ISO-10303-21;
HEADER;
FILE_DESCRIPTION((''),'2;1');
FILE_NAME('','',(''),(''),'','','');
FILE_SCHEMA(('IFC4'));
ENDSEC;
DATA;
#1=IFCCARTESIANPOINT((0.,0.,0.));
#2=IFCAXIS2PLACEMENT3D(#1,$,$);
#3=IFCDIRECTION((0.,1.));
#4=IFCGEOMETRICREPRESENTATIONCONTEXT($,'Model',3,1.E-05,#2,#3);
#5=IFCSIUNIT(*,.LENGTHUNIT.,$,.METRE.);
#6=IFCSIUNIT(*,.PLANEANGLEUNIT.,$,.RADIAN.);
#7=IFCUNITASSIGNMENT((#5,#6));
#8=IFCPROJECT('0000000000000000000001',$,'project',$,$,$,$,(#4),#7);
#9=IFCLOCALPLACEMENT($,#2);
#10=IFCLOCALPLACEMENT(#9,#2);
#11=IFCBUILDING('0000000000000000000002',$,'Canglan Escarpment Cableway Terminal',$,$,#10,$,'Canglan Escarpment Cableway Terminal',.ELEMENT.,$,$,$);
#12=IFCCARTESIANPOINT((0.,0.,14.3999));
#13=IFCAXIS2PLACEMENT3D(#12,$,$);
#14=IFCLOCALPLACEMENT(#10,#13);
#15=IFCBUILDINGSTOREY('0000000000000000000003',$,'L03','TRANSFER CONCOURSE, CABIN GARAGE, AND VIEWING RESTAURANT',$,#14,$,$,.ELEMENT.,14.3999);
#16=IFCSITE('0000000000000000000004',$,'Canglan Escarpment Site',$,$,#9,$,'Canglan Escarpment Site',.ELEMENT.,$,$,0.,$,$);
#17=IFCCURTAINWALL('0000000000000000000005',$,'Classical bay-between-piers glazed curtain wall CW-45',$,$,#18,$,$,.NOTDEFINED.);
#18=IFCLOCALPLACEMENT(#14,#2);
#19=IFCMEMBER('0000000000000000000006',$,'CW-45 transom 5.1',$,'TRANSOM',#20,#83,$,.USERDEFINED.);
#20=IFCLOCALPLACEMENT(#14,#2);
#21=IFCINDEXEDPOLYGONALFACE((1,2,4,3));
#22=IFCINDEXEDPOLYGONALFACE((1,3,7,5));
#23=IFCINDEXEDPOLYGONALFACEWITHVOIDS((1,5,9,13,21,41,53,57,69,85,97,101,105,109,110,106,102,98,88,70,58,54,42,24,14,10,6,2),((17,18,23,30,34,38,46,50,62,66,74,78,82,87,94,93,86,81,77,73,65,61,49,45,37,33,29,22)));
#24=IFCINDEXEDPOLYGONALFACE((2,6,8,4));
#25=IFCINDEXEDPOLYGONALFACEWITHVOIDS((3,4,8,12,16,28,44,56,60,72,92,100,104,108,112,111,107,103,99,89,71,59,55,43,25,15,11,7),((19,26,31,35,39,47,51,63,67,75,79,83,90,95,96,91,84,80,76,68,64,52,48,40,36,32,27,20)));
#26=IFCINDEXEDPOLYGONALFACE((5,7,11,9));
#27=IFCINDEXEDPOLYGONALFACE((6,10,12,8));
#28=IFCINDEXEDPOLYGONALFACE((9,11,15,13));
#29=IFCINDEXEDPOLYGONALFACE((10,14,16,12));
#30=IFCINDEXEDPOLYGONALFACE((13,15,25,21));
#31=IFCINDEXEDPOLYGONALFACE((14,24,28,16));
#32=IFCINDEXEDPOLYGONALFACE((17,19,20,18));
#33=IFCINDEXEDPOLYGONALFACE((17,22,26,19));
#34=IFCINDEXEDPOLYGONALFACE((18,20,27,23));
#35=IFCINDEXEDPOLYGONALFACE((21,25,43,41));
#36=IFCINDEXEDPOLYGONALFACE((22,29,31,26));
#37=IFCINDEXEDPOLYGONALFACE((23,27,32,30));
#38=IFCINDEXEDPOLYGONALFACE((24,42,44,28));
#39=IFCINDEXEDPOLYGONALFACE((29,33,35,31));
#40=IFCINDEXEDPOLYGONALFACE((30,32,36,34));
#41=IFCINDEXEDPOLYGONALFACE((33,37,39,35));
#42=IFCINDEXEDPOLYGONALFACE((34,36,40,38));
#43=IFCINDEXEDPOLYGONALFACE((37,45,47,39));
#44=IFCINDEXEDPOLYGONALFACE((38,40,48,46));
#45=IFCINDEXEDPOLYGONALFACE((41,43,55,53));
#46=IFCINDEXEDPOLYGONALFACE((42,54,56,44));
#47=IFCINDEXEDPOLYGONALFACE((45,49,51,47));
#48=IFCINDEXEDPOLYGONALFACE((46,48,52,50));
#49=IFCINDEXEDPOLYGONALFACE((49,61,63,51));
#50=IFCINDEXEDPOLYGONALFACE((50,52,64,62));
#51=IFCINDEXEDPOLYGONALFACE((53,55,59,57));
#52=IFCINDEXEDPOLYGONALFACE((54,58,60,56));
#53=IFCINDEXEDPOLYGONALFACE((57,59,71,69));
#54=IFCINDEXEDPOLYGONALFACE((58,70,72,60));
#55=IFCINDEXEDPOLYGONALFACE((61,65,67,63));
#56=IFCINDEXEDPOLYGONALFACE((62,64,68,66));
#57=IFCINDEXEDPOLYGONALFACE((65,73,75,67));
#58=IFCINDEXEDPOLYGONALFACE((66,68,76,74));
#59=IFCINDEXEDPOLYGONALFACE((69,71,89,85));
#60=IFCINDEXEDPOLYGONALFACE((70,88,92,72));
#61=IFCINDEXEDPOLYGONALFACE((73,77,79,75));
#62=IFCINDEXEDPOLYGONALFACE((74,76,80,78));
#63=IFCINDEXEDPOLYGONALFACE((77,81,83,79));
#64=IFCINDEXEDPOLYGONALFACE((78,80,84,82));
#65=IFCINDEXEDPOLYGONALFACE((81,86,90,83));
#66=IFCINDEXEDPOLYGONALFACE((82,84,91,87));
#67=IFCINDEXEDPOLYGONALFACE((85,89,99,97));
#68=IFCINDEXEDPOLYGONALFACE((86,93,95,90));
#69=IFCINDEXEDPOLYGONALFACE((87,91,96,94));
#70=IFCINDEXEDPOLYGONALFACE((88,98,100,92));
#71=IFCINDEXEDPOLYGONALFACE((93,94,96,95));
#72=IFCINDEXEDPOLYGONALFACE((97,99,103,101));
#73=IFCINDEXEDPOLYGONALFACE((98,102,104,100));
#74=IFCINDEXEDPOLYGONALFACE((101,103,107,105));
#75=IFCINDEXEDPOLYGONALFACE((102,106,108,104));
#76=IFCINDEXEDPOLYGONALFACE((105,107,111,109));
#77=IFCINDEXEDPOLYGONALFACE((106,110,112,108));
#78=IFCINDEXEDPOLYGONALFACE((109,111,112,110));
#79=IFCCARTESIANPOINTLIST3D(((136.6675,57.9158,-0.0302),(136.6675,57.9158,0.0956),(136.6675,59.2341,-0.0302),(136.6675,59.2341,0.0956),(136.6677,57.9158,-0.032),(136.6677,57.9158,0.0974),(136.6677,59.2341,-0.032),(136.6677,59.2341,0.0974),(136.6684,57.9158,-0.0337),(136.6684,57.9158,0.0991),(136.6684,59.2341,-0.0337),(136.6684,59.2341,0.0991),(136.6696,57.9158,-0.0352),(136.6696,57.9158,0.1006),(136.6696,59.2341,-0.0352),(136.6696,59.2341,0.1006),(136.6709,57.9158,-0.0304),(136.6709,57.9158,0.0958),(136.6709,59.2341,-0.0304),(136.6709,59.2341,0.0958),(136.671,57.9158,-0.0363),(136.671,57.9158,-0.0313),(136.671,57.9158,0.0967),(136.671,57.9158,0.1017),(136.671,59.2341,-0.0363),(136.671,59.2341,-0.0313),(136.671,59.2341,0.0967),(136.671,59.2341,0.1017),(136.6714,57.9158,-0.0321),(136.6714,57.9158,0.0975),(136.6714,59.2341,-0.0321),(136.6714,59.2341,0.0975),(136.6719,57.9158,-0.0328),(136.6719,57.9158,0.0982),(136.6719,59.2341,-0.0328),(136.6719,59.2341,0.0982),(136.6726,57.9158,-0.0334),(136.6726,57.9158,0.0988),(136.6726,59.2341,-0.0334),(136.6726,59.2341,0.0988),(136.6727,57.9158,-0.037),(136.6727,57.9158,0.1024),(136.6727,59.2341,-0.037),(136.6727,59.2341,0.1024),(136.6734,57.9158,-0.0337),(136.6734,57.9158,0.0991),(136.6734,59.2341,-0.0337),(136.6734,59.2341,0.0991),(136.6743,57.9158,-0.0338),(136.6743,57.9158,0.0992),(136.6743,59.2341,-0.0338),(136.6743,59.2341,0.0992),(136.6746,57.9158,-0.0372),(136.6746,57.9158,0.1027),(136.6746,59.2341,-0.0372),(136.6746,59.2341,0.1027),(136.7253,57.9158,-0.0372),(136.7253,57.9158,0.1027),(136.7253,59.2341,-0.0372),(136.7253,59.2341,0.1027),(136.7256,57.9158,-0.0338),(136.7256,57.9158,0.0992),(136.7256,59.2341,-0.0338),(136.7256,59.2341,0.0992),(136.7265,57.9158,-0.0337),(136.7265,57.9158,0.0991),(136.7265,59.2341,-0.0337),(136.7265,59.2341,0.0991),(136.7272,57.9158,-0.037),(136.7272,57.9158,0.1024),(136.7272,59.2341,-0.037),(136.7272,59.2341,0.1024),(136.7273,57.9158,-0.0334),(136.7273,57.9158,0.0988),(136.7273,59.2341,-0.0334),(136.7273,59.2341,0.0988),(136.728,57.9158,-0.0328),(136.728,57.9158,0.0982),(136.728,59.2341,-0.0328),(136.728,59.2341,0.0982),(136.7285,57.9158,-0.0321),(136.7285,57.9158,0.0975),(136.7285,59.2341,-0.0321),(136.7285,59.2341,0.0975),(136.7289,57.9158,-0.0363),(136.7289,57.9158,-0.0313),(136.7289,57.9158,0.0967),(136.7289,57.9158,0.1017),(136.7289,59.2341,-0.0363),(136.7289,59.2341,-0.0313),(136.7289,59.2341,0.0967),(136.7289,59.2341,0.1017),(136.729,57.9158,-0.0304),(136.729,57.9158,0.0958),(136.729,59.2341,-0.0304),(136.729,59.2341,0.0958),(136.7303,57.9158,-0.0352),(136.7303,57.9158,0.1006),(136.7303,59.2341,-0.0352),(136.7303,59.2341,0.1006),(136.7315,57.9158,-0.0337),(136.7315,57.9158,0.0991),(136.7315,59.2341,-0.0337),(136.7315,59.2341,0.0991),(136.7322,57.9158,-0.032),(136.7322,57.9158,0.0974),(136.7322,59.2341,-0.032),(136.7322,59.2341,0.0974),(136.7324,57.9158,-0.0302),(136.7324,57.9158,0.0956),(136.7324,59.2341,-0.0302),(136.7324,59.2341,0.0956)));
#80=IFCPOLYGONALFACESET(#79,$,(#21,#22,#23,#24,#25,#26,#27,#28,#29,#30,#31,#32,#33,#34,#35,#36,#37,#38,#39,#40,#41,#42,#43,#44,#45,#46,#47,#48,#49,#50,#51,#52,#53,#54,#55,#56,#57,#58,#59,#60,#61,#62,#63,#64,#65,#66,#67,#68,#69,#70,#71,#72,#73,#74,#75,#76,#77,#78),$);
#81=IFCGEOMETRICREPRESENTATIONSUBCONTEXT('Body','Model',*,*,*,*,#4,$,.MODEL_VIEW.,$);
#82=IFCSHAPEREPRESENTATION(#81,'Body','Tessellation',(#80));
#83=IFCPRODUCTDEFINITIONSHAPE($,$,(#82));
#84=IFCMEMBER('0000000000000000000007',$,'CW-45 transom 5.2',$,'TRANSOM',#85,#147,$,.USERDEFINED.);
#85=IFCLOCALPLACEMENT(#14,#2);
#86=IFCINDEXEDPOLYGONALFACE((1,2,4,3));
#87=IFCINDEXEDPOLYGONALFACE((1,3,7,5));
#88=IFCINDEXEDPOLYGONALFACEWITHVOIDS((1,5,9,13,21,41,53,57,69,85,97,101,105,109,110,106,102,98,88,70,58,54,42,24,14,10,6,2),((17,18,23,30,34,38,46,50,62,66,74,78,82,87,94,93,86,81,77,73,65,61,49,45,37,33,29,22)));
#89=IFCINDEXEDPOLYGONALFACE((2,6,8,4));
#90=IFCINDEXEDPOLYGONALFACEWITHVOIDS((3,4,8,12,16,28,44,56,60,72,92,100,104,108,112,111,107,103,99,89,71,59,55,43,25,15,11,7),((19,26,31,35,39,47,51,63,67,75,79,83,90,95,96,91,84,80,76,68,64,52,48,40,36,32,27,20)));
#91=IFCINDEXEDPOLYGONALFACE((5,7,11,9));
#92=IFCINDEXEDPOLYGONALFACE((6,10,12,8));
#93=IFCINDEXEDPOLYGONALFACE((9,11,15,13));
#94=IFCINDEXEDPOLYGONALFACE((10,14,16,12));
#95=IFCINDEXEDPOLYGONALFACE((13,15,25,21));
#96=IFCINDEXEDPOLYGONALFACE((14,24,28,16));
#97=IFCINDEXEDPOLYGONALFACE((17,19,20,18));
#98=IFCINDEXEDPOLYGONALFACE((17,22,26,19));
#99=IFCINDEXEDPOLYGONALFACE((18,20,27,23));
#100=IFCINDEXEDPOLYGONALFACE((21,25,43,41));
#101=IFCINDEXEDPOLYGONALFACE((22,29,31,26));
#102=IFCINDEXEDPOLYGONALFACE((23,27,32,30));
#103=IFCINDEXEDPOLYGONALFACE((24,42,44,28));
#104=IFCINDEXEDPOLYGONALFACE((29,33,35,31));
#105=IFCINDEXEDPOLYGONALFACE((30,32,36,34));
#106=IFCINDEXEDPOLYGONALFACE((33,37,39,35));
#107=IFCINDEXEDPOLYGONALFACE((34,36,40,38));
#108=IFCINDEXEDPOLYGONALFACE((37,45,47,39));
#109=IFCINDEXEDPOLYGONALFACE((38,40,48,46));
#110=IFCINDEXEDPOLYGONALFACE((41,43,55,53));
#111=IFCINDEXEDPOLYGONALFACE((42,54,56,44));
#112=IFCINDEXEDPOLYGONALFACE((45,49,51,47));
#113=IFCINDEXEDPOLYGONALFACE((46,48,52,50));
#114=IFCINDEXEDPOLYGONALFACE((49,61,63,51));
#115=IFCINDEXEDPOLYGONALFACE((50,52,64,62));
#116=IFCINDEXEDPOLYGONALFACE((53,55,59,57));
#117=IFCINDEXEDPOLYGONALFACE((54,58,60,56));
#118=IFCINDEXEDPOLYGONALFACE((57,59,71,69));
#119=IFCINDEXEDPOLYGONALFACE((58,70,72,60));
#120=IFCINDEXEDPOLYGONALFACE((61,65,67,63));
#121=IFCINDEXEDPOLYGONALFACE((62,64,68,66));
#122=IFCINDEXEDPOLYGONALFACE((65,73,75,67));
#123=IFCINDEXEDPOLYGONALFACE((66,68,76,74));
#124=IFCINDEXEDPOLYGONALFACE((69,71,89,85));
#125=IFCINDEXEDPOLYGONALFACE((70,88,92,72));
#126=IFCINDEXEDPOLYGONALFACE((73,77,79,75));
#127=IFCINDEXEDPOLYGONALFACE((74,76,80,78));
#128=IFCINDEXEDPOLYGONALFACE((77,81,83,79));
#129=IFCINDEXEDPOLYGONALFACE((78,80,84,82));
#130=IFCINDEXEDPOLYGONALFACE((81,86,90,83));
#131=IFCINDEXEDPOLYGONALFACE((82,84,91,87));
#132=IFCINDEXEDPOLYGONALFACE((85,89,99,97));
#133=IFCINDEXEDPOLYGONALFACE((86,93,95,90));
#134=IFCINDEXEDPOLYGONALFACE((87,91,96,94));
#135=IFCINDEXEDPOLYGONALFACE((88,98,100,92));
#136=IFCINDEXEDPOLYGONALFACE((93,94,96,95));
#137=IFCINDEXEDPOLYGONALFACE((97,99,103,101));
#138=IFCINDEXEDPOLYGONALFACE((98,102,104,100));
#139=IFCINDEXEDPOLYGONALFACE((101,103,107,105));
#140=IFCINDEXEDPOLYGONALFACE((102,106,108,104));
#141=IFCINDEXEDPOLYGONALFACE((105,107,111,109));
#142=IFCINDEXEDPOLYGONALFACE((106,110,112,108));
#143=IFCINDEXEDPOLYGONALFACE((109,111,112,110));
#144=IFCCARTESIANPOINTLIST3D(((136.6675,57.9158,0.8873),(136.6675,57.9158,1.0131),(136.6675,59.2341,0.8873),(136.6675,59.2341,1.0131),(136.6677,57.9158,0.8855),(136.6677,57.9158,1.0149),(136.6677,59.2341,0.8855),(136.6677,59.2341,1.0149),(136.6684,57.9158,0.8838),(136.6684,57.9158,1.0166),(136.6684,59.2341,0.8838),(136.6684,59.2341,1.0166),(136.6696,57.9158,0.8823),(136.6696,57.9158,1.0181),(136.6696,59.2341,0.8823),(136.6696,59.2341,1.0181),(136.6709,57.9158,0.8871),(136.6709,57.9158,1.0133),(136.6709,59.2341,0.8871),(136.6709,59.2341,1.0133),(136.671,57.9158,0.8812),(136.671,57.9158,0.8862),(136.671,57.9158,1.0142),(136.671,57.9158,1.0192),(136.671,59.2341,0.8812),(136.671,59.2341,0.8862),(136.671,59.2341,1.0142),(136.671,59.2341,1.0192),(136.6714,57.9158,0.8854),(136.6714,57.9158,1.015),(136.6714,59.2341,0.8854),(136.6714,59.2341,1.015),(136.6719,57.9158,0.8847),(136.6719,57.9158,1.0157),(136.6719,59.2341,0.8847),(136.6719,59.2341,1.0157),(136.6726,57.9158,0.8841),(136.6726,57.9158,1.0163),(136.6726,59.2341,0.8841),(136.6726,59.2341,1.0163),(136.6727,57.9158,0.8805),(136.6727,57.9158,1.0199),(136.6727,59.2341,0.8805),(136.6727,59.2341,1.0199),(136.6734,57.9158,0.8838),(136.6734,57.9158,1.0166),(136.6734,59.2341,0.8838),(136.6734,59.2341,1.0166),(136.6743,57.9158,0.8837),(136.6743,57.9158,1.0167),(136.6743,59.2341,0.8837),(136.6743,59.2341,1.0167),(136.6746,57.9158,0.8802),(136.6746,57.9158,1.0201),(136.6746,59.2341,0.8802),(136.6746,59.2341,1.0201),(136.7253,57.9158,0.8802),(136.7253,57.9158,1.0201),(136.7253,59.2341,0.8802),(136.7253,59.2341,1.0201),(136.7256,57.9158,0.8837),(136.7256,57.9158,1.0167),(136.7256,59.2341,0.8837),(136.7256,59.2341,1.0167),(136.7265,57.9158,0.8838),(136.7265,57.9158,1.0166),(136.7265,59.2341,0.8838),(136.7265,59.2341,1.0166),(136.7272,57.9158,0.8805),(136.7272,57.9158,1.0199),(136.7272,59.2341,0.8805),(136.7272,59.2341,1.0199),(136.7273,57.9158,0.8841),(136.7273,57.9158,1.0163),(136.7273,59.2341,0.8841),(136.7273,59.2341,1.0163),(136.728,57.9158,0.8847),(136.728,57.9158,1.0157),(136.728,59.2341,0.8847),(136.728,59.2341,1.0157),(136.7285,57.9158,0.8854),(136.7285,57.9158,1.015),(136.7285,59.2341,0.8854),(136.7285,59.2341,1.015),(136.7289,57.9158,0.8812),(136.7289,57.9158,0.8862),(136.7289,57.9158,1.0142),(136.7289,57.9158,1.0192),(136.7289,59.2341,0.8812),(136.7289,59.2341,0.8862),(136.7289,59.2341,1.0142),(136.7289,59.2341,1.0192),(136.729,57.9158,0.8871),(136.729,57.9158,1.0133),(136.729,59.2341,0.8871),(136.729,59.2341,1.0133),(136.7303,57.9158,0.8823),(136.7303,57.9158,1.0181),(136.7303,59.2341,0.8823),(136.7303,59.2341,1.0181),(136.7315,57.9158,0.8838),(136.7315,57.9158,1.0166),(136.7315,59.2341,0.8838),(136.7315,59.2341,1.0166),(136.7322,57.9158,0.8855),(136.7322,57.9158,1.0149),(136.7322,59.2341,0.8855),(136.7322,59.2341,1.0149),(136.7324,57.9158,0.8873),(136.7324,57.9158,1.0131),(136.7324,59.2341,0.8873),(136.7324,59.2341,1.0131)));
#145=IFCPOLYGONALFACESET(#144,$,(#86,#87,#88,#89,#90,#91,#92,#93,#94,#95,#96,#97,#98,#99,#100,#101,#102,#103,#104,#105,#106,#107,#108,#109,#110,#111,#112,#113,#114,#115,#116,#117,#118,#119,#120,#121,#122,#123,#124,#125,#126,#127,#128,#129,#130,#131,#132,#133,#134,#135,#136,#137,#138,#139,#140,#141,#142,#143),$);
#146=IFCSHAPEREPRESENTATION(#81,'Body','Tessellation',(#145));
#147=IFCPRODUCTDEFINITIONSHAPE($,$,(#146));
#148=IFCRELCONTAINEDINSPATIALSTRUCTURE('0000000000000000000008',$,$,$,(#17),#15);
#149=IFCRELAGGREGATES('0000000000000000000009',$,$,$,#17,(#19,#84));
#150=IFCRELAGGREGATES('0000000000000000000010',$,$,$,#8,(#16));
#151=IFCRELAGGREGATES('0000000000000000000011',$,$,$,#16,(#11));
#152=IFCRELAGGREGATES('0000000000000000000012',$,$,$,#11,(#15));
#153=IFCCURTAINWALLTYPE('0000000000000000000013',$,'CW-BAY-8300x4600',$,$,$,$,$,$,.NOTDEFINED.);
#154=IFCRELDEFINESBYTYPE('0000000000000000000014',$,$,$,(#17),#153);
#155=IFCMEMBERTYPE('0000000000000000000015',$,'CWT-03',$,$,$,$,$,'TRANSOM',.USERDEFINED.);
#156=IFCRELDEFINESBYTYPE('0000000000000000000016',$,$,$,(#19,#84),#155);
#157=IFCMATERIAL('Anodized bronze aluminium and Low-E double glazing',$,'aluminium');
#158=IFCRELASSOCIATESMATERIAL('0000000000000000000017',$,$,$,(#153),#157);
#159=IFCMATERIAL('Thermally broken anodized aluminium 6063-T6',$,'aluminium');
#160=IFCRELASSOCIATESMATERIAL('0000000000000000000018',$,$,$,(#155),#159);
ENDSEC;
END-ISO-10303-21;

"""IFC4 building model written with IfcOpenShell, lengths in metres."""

from ifc_helpers import new_model, si_unit, direction, frame, origin, origin_2d, place, context, subcontext, project, spatial, hollow_rectangle, extrude, material, material_profile, profile_set, type_object, element, aggregate, save


model = new_model("IFC4")

# Units and contexts
model_context = context("Model", 3, precision=1e-05, world=origin(), true_north=direction((0.0, 1.0)))
body_context = subcontext(model_context, "Body", "Model", "MODEL_VIEW")
ifc_project = project(units=[si_unit("LENGTHUNIT", "METRE"), si_unit("PLANEANGLEUNIT", "RADIAN")], contexts=[model_context])

# Site, building, storey
site_placement = place(None, origin())
site = spatial("IfcSite", under=ifc_project, at=site_placement, Name="Canglan Escarpment Site", LongName="Canglan Escarpment Site", CompositionType="ELEMENT", RefElevation=0.0)
building_placement = place(site_placement, origin())
building = spatial("IfcBuilding", under=site, at=building_placement, Name="Canglan Escarpment Cableway Terminal", LongName="Canglan Escarpment Cableway Terminal", CompositionType="ELEMENT")
storey_placement = place(building_placement, frame((0.0, 0.0, 14.3999)))
storey = spatial("IfcBuildingStorey", under=building, at=storey_placement, Name="L03", Description="TRANSFER CONCOURSE, CABIN GARAGE, AND VIEWING RESTAURANT", CompositionType="ELEMENT", Elevation=14.3999)

# Curtain wall, members
ifc_material_1 = material(Name="Anodized bronze aluminium and Low-E double glazing", Category="aluminium")
curtain_wall_type = type_object("IfcCurtainWallType", Name="CW-BAY-8300x4600", PredefinedType="NOTDEFINED", material=ifc_material_1)
curtain_wall_placement = place(storey_placement, origin())
curtain_wall = element("IfcCurtainWall", 1, at=curtain_wall_placement, inside=storey, type_object=curtain_wall_type, Name="Classical bay-between-piers glazed curtain wall CW-45", PredefinedType="NOTDEFINED")
ifc_material_2 = material(Name="Thermally broken anodized aluminium 6063-T6", Category="aluminium")
ifc_material_profile_1 = material_profile(ifc_material_2, hollow_rectangle(XDim=0.0649, YDim=0.1399, WallThickness=0.0034, InnerFilletRadius=0.0034, OuterFilletRadius=0.0071, at=origin_2d()), Name="ALU-TRAN 65x140x3.5")
ifc_profile_set_1 = profile_set([ifc_material_profile_1], Name="Thermally broken anodized aluminium 6063-T6")
member_type_1 = type_object("IfcMemberType", Name="CWT-03", ElementType="TRANSOM", PredefinedType="USERDEFINED", material=ifc_profile_set_1)
member_1_placement = place(storey_placement, frame((136.7, 57.9158, 0.0327), z_axis=(0.0, 1.0, 0.0), x_axis=(-1.0, 0.0, 0.0)))
member_1 = element("IfcMember", 2, at=member_1_placement, type_object=member_type_1, Name="CW-45 transom 5.1", ObjectType="TRANSOM", PredefinedType="USERDEFINED", context=body_context, shape_type="SweptSolid", body=[
    extrude(hollow_rectangle(XDim=0.0649, YDim=0.1399, WallThickness=0.0034, InnerFilletRadius=0.0034, OuterFilletRadius=0.0071, at=origin_2d()), origin(), (0.0, 0.0, 1.0), 1.3184),
])
member_2_placement = place(storey_placement, frame((136.7, 57.9158, 0.9502), z_axis=(0.0, 1.0, 0.0), x_axis=(-1.0, 0.0, 0.0)))
member_2 = element("IfcMember", 3, at=member_2_placement, type_object=member_type_1, Name="CW-45 transom 5.2", ObjectType="TRANSOM", PredefinedType="USERDEFINED", context=body_context, shape_type="SweptSolid", body=[
    extrude(hollow_rectangle(XDim=0.0649, YDim=0.1399, WallThickness=0.0034, InnerFilletRadius=0.0034, OuterFilletRadius=0.0071, at=origin_2d()), origin(), (0.0, 0.0, 1.0), 1.3184),
])
aggregate(curtain_wall, [member_1, member_2])

save(model, "model.ifc")
